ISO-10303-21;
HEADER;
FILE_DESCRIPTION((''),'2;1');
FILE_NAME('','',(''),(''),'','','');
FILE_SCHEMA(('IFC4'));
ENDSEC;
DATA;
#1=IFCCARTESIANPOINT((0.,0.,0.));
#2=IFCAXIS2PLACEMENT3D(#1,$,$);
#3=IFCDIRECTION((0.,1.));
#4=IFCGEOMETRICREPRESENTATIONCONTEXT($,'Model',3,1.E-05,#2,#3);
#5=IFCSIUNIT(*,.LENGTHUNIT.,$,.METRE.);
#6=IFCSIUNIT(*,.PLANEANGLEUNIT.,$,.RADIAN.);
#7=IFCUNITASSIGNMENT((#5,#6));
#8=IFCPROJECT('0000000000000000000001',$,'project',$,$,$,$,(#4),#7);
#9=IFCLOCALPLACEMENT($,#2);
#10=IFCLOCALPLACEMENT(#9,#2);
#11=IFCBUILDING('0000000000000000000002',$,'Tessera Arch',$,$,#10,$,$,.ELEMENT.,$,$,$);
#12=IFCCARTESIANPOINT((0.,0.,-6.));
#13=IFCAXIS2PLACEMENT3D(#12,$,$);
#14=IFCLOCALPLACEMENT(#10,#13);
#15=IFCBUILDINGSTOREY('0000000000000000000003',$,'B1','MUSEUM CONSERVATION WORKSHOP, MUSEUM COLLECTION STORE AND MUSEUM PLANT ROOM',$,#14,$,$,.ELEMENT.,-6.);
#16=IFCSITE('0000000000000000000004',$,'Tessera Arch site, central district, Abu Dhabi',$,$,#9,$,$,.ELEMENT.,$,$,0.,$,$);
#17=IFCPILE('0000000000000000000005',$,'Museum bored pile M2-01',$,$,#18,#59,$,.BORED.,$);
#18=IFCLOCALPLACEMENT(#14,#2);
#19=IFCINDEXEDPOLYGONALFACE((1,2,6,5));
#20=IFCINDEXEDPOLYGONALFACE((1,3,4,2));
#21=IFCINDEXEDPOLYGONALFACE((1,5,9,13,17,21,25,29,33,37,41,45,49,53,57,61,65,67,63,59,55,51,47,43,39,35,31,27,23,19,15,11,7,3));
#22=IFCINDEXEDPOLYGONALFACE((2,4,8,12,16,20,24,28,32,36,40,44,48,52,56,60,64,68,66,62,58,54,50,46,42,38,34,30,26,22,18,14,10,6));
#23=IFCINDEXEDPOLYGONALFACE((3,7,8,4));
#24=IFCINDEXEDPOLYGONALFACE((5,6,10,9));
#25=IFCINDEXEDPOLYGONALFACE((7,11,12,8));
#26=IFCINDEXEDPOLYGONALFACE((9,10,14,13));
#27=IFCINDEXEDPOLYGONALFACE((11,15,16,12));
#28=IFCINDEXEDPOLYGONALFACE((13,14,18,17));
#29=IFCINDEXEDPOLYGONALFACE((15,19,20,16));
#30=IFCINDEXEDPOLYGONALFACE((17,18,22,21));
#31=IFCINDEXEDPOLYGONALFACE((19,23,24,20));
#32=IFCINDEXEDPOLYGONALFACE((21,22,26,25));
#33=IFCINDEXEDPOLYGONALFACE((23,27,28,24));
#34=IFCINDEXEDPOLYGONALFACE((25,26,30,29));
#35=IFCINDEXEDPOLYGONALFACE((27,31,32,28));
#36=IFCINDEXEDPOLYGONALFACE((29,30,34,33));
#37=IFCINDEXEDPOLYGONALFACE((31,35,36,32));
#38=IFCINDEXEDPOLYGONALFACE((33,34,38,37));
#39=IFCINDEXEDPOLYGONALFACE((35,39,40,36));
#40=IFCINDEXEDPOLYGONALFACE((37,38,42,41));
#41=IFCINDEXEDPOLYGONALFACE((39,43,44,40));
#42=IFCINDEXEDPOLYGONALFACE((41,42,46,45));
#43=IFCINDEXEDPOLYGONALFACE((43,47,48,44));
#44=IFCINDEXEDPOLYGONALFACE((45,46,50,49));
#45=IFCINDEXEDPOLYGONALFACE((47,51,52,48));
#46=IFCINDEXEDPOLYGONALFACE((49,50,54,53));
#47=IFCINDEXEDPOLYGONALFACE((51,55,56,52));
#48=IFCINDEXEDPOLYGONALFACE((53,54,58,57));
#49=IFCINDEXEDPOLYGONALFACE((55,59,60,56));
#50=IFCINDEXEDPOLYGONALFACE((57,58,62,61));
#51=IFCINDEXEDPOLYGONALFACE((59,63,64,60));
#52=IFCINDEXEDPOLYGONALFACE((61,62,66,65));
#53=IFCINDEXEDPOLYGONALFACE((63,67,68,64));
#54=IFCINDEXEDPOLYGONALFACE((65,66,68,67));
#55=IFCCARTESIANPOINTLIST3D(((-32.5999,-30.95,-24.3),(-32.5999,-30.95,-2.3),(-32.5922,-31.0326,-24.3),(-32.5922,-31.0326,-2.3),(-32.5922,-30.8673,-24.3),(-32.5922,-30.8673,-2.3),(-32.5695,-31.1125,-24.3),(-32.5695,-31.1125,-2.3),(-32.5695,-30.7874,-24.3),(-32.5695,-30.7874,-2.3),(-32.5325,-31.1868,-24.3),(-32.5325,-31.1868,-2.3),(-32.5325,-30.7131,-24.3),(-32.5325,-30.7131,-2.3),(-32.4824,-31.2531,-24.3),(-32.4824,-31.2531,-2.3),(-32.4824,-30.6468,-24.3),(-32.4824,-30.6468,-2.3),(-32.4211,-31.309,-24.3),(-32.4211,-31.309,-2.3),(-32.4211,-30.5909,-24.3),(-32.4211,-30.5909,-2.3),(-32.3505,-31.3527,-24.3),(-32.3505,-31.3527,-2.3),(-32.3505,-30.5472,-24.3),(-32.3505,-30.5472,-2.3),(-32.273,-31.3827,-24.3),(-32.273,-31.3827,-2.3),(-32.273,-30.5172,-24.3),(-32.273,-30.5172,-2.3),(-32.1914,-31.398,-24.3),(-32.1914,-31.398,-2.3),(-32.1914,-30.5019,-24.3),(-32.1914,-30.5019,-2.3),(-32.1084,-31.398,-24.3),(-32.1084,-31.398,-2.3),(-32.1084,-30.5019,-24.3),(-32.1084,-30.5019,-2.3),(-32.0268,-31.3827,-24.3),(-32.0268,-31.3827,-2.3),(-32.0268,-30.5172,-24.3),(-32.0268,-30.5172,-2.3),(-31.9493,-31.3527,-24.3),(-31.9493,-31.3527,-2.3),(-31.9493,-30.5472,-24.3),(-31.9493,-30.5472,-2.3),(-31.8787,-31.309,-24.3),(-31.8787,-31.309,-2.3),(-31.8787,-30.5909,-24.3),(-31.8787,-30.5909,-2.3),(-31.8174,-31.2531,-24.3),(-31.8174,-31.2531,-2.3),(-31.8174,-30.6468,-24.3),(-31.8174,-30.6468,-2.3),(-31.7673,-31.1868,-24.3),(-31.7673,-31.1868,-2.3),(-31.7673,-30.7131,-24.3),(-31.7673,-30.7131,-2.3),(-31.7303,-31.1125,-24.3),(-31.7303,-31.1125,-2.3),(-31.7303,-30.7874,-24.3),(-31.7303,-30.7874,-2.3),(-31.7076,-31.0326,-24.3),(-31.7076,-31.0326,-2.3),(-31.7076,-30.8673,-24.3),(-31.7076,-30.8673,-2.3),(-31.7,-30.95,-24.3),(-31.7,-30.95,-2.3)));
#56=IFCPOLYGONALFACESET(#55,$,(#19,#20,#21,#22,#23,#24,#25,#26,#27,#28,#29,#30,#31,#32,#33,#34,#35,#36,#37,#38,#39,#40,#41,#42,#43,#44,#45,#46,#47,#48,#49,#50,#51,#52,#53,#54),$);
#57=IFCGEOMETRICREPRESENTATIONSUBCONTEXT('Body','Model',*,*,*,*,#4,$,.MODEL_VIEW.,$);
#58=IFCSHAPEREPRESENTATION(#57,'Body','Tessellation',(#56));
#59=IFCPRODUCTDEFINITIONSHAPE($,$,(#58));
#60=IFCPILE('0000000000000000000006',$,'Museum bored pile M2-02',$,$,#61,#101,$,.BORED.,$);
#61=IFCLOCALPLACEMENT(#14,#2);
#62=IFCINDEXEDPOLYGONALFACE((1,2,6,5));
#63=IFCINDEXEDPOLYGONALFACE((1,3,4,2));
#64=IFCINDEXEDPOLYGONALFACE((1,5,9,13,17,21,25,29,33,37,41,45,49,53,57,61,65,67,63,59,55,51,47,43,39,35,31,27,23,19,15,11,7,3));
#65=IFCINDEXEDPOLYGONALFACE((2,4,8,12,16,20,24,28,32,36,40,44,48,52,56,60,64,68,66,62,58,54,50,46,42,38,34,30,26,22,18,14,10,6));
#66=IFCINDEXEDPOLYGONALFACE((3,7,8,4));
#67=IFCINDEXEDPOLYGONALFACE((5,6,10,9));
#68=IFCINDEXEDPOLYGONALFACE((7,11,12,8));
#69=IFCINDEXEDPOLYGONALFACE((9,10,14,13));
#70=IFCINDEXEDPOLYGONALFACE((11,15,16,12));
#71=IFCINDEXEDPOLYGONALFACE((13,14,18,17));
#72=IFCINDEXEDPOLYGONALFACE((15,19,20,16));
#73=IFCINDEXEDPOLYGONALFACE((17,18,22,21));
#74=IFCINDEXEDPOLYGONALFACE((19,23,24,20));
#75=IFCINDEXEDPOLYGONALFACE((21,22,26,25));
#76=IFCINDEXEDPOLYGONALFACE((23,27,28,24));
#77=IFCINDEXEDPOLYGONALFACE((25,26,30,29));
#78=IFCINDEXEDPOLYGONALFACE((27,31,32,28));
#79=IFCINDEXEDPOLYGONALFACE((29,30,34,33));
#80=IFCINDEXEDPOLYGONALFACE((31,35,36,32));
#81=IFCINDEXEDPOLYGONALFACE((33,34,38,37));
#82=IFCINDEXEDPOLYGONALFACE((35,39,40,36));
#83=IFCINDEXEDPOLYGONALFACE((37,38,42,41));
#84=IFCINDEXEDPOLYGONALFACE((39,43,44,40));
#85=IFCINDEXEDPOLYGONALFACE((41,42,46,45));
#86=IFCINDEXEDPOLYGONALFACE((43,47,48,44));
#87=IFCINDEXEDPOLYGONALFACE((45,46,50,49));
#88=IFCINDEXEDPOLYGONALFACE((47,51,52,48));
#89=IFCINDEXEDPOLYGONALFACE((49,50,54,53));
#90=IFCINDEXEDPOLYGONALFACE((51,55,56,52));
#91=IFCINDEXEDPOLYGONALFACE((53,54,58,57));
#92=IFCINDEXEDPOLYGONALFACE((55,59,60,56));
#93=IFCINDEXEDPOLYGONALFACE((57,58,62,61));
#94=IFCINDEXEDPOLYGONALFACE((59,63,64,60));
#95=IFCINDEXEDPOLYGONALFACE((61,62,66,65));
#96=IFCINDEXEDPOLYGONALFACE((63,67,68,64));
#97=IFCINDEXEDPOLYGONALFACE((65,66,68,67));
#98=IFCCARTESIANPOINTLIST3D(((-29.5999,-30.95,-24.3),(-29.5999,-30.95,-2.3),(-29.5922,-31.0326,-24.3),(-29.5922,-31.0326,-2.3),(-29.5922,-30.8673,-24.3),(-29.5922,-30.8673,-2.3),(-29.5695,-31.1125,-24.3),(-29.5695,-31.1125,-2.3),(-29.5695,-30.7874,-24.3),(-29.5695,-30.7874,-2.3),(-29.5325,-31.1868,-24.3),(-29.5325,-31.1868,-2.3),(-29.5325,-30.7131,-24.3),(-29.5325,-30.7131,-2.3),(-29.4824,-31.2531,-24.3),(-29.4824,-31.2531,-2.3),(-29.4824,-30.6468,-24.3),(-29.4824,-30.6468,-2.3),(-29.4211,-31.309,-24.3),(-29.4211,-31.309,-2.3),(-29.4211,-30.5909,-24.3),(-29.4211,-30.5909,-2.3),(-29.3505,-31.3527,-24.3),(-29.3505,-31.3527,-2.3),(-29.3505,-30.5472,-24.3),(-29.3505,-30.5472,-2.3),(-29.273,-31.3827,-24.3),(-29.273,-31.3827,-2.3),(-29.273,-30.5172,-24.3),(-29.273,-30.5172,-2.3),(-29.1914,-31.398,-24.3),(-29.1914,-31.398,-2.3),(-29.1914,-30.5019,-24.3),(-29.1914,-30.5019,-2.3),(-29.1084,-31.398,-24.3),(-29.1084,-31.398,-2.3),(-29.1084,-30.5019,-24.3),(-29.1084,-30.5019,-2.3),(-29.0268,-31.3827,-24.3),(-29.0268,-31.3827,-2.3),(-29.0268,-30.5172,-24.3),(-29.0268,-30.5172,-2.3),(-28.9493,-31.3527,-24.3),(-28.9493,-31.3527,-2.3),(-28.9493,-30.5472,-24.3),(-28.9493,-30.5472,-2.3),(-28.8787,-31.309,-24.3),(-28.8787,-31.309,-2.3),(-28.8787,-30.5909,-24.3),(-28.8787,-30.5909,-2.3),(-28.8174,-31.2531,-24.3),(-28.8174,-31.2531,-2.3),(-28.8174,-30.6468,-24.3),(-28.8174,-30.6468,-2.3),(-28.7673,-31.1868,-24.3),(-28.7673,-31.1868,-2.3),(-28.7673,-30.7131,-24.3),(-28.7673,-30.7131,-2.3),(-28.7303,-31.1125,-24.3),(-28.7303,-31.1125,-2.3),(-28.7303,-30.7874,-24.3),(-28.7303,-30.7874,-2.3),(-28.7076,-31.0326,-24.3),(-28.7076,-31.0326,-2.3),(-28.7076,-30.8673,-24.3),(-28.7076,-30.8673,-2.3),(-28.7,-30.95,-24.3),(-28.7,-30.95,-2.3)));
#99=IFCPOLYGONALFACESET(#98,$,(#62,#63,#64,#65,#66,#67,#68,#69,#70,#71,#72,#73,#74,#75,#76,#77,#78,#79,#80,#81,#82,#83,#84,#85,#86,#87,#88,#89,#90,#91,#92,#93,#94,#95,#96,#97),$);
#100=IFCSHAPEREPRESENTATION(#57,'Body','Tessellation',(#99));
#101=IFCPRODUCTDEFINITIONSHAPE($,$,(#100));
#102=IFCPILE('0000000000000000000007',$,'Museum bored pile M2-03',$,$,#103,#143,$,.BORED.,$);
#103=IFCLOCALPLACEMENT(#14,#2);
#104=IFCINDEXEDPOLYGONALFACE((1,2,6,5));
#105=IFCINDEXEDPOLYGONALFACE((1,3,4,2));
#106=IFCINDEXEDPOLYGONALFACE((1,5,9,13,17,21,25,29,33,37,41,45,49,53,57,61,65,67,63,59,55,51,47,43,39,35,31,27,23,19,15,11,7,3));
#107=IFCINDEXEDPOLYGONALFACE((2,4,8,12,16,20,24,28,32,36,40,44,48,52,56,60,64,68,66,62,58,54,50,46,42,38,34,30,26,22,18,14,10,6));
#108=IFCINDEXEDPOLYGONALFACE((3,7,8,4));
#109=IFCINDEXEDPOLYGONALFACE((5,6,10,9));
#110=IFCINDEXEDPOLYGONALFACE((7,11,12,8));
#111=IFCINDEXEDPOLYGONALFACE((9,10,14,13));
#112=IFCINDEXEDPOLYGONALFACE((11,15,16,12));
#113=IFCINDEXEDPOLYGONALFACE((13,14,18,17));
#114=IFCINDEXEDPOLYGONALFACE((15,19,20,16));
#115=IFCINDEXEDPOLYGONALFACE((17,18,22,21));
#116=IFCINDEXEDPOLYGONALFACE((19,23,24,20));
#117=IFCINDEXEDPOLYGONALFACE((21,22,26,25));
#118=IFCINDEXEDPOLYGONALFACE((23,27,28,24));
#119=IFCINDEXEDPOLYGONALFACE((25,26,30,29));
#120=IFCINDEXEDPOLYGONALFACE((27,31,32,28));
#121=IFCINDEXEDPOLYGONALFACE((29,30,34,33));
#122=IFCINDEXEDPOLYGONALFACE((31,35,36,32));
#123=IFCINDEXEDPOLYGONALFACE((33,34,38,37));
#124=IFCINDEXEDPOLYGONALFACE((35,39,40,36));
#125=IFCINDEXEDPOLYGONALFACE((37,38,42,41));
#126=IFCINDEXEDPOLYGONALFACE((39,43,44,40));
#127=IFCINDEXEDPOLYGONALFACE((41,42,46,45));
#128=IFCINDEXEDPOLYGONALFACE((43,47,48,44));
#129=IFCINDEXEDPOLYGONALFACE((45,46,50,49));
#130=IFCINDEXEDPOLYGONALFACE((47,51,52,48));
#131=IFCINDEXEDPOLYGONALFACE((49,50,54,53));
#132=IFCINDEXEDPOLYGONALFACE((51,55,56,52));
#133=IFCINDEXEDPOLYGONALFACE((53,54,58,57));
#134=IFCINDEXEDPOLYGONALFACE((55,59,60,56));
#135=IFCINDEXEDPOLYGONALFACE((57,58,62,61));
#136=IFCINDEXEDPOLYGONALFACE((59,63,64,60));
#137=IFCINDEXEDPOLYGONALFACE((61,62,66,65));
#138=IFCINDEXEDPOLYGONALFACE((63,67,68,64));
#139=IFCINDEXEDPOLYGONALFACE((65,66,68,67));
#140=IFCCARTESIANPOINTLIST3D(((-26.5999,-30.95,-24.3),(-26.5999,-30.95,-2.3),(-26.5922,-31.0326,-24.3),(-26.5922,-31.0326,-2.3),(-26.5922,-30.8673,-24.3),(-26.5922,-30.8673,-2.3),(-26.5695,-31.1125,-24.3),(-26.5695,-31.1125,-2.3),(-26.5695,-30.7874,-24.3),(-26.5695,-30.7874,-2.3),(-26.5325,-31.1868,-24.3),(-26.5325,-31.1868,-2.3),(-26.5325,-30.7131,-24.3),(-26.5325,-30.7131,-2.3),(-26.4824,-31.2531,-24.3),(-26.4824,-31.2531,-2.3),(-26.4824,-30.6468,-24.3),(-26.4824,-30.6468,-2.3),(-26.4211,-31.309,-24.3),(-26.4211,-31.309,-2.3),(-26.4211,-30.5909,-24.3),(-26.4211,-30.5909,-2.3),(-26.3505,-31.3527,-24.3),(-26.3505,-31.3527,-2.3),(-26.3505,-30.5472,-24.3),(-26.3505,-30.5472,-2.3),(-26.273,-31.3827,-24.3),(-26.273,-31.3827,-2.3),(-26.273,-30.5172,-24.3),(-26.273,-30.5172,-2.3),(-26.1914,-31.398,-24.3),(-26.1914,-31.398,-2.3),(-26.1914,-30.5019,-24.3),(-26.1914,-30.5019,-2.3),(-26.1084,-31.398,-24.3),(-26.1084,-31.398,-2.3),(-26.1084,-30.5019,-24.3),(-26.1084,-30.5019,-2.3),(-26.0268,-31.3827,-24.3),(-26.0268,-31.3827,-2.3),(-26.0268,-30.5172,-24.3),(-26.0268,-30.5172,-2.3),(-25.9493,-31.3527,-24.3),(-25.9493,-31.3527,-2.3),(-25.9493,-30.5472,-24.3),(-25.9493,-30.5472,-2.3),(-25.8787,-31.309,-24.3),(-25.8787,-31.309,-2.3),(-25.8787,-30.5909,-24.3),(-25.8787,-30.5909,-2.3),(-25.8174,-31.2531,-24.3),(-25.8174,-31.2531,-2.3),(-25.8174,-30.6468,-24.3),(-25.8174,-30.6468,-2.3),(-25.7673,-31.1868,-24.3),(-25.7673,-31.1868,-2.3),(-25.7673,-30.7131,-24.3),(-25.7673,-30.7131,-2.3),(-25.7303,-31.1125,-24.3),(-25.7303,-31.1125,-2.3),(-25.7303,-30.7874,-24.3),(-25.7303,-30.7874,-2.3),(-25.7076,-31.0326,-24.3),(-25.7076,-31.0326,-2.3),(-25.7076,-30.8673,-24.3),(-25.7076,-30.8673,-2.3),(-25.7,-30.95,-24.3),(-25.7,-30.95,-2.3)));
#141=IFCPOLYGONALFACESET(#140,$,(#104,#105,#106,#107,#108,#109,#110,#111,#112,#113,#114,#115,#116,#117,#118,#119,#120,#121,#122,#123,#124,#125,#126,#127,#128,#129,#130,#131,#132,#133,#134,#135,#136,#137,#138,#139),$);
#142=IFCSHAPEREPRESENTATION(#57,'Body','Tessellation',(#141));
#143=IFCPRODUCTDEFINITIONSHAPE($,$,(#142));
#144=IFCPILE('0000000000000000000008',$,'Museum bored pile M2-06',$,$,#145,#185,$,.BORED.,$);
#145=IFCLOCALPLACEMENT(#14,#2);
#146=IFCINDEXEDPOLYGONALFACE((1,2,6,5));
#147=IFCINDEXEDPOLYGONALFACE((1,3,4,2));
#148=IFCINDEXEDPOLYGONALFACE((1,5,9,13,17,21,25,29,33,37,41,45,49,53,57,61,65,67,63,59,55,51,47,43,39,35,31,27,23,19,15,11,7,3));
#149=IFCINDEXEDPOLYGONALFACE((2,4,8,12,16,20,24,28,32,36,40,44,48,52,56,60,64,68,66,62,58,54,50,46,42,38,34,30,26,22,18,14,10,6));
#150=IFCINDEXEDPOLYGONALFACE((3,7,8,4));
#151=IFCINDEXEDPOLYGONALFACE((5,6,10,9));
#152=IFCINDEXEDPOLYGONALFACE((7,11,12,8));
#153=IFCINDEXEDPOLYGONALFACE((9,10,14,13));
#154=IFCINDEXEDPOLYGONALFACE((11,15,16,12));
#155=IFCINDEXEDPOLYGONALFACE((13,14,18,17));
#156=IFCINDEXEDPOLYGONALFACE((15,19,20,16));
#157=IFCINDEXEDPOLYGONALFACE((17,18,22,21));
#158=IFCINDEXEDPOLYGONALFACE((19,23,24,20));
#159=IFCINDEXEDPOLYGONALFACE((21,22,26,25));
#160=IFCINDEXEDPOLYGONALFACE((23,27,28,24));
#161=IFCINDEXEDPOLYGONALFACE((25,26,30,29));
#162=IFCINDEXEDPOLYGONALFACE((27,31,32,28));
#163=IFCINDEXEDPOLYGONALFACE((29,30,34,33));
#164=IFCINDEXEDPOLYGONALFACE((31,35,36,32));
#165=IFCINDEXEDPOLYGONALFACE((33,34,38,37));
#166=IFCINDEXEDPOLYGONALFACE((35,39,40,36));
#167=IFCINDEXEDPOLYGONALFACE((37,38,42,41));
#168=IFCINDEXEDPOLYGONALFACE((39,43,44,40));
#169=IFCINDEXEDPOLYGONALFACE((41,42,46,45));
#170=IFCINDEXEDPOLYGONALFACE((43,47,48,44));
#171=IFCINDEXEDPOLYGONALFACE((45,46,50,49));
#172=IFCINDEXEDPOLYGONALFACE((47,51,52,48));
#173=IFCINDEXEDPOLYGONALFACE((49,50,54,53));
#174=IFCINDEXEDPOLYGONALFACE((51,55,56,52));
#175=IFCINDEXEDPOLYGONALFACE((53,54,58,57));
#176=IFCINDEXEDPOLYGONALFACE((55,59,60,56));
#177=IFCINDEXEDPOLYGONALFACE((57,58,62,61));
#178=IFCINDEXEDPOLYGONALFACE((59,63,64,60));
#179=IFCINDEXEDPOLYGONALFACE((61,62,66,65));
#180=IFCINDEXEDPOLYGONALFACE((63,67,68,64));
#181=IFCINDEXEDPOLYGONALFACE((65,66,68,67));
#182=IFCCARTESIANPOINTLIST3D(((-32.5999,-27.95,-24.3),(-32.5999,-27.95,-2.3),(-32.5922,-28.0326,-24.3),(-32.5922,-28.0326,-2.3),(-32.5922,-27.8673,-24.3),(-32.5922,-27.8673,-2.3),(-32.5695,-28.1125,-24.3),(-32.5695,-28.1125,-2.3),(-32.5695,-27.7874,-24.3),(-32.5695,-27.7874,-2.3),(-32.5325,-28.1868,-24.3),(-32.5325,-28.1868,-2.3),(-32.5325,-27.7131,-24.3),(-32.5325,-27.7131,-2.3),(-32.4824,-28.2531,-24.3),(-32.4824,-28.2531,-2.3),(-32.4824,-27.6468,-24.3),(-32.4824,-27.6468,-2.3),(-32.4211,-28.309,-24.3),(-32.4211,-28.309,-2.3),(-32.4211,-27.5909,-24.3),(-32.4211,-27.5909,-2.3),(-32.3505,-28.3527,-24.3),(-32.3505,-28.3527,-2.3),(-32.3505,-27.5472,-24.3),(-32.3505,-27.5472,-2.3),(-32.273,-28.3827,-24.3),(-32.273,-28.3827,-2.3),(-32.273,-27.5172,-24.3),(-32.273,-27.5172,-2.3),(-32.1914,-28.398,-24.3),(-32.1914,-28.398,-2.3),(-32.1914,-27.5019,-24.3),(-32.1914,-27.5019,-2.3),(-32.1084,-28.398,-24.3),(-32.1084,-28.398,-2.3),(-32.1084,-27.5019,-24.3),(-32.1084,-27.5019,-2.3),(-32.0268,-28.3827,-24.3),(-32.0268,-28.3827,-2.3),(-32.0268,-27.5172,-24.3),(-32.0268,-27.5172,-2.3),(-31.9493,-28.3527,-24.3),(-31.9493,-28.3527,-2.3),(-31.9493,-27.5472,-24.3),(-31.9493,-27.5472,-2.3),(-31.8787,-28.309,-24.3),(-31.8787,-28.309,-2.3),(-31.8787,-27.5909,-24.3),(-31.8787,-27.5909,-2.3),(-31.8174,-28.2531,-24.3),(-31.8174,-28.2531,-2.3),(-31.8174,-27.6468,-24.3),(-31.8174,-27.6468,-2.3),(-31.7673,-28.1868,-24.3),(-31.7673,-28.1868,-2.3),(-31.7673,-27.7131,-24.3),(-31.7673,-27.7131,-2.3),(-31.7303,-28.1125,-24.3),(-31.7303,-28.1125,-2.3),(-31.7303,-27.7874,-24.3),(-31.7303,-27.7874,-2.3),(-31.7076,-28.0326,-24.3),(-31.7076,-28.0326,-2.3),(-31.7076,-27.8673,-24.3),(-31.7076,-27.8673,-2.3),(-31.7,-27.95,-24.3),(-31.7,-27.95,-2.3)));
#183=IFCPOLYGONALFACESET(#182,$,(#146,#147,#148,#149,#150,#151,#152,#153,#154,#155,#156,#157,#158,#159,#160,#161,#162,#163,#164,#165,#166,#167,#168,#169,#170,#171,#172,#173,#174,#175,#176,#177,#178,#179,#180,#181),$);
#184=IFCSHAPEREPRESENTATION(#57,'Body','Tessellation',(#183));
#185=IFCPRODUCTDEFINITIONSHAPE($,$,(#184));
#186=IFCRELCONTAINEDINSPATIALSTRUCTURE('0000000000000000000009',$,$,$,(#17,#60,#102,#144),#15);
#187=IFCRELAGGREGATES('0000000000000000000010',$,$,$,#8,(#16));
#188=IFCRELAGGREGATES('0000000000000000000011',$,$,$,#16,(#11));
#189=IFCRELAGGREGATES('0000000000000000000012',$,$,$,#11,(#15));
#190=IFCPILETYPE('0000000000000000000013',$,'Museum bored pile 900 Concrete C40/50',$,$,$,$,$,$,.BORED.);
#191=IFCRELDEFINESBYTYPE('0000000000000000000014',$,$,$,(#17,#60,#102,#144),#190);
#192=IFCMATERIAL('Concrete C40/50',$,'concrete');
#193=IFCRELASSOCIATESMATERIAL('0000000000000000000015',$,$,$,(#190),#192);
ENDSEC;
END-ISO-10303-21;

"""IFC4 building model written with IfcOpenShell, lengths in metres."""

from ifc_helpers import new_model, si_unit, direction, frame, origin, origin_2d, place, context, subcontext, project, spatial, circle, extrude, material, type_object, element, save


model = new_model("IFC4")

# Units and contexts
model_context = context("Model", 3, precision=1e-05, world=origin(), true_north=direction((0.0, 1.0)))
body_context = subcontext(model_context, "Body", "Model", "MODEL_VIEW")
ifc_project = project(units=[si_unit("LENGTHUNIT", "METRE"), si_unit("PLANEANGLEUNIT", "RADIAN")], contexts=[model_context])

# Site, building, storey
site_placement = place(None, origin())
site = spatial("IfcSite", under=ifc_project, at=site_placement, Name="Tessera Arch site, central district, Abu Dhabi", CompositionType="ELEMENT", RefElevation=0.0)
building_placement = place(site_placement, origin())
building = spatial("IfcBuilding", under=site, at=building_placement, Name="Tessera Arch", CompositionType="ELEMENT")
storey_placement = place(building_placement, frame((0.0, 0.0, -6.0)))
storey = spatial("IfcBuildingStorey", under=building, at=storey_placement, Name="B1", Description="MUSEUM CONSERVATION WORKSHOP, MUSEUM COLLECTION STORE AND MUSEUM PLANT ROOM", CompositionType="ELEMENT", Elevation=-6.0)

# Piles
ifc_material_1 = material(Name="Concrete C40/50", Category="concrete")
pile_type = type_object("IfcPileType", Name="Museum bored pile 900 Concrete C40/50", PredefinedType="BORED", material=ifc_material_1)
for number, where, z_axis, x_axis, name in (
    (1, (-32.1499, -30.95, -2.3), (0.0, 0.0, -1.0), (1.0, 0.0, 0.0), "Museum bored pile M2-01"),
    (2, (-29.1499, -30.95, -2.3), (0.0, 0.0, -1.0), (1.0, 0.0, 0.0), "Museum bored pile M2-02"),
    (3, (-26.1499, -30.95, -2.3), (0.0, 0.0, -1.0), (1.0, 0.0, 0.0), "Museum bored pile M2-03"),
    (4, (-32.1499, -27.95, -2.3), (0.0, 0.0, -1.0), (1.0, 0.0, 0.0), "Museum bored pile M2-06"),
):
    element("IfcPile", number, at=place(storey_placement, frame(where, z_axis=z_axis, x_axis=x_axis)), inside=storey, type_object=pile_type, Name=name, PredefinedType="BORED", context=body_context, shape_type="SweptSolid", body=[
        extrude(circle(Radius=0.45, at=origin_2d()), origin(), (0.0, 0.0, 1.0), 22.0),
    ])

save(model, "model.ifc")
